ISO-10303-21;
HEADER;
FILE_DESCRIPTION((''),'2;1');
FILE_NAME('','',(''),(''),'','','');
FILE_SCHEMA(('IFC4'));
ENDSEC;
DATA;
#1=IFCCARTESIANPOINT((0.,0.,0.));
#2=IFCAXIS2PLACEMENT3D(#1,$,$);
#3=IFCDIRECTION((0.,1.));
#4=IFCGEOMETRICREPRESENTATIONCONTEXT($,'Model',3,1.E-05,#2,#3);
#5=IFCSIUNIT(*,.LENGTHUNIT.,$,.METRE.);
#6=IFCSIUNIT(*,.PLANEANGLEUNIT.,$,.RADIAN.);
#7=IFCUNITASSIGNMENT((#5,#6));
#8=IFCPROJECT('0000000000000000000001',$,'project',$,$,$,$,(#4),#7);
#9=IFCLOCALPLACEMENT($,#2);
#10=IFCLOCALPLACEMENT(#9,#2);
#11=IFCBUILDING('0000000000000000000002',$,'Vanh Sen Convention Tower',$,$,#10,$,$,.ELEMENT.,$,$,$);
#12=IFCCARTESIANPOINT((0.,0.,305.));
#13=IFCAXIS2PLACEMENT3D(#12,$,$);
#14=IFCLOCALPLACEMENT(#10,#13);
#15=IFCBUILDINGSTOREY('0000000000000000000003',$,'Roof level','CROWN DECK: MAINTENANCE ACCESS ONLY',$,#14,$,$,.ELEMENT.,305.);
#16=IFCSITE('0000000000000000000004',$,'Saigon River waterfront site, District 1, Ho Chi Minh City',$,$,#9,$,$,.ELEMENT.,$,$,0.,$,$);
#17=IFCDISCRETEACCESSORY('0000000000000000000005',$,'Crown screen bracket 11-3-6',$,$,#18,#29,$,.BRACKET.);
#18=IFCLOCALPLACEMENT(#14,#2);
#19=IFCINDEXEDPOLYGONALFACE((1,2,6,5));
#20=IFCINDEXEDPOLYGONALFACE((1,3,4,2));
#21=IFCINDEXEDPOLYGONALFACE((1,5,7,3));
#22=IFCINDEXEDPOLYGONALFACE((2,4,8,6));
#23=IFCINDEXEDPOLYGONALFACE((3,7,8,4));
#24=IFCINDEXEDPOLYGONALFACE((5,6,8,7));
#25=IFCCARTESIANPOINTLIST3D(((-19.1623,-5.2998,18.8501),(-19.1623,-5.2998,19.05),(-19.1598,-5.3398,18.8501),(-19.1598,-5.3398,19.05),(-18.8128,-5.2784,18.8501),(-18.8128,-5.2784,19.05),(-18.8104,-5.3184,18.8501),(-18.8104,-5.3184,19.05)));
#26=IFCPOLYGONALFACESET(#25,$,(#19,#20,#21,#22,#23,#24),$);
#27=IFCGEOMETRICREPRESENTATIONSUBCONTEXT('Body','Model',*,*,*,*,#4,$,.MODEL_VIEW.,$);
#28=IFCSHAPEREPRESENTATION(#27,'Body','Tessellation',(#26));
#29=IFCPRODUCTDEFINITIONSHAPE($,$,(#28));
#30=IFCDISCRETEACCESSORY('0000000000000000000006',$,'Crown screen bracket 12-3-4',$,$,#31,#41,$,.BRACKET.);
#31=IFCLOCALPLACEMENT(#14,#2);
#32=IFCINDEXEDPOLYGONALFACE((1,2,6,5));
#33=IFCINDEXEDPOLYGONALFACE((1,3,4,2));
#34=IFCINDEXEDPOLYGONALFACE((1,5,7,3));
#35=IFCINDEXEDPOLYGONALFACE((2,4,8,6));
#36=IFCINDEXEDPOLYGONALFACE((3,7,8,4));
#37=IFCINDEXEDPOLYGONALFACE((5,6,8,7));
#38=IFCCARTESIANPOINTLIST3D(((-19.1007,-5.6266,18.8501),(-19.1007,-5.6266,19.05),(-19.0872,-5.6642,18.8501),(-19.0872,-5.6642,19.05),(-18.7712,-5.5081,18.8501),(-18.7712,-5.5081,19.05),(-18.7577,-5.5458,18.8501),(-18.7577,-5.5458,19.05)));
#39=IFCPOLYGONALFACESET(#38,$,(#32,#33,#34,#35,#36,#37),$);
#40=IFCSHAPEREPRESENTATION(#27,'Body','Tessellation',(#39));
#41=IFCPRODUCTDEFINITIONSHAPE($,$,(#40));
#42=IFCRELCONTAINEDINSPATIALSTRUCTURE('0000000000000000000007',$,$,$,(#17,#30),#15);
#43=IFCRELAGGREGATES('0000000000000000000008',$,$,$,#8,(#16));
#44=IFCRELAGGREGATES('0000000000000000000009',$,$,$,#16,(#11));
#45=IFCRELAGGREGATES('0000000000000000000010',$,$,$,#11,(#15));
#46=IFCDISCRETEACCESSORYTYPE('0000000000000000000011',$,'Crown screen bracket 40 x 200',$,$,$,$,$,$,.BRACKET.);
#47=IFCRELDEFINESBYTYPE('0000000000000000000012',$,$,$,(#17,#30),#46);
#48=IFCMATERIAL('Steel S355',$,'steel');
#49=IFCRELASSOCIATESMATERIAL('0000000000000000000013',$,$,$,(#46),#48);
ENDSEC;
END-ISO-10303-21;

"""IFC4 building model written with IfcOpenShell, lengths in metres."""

from ifc_helpers import new_model, si_unit, direction, frame, origin, origin_2d, place, context, subcontext, project, spatial, rectangle, extrude, material, type_object, element, save


model = new_model("IFC4")

# Units and contexts
model_context = context("Model", 3, precision=1e-05, world=origin(), true_north=direction((0.0, 1.0)))
body_context = subcontext(model_context, "Body", "Model", "MODEL_VIEW")
ifc_project = project(units=[si_unit("LENGTHUNIT", "METRE"), si_unit("PLANEANGLEUNIT", "RADIAN")], contexts=[model_context])

# Site, building, storey
site_placement = place(None, origin())
site = spatial("IfcSite", under=ifc_project, at=site_placement, Name="Saigon River waterfront site, District 1, Ho Chi Minh City", CompositionType="ELEMENT", RefElevation=0.0)
building_placement = place(site_placement, origin())
building = spatial("IfcBuilding", under=site, at=building_placement, Name="Vanh Sen Convention Tower", CompositionType="ELEMENT")
storey_placement = place(building_placement, frame((0.0, 0.0, 305.0)))
storey = spatial("IfcBuildingStorey", under=building, at=storey_placement, Name="Roof level", Description="CROWN DECK: MAINTENANCE ACCESS ONLY", CompositionType="ELEMENT", Elevation=305.0)

# Discrete accessories
ifc_material_1 = material(Name="Steel S355", Category="steel")
discrete_accessory_type_1 = type_object("IfcDiscreteAccessoryType", Name="Crown screen bracket 40 x 200", PredefinedType="BRACKET", material=ifc_material_1)
for number, where, z_axis, x_axis, name in (
    (1, (-18.9863, -5.3091, 18.8501), (0.0, 0.0, 1.0), (-0.998135, -0.061052, 0.0), "Crown screen bracket 11-3-6"),
    (2, (-18.9292, -5.5862, 18.8501), (0.0, 0.0, 1.0), (-0.941021, -0.338349, 0.0), "Crown screen bracket 12-3-4"),
):
    element("IfcDiscreteAccessory", number, at=place(storey_placement, frame(where, z_axis=z_axis, x_axis=x_axis)), inside=storey, type_object=discrete_accessory_type_1, Name=name, PredefinedType="BRACKET", context=body_context, shape_type="SweptSolid", body=[
        extrude(rectangle(XDim=0.3501, YDim=0.04, at=origin_2d()), origin(), (0.0, 0.0, 1.0), 0.2),
    ])

save(model, "model.ifc")
